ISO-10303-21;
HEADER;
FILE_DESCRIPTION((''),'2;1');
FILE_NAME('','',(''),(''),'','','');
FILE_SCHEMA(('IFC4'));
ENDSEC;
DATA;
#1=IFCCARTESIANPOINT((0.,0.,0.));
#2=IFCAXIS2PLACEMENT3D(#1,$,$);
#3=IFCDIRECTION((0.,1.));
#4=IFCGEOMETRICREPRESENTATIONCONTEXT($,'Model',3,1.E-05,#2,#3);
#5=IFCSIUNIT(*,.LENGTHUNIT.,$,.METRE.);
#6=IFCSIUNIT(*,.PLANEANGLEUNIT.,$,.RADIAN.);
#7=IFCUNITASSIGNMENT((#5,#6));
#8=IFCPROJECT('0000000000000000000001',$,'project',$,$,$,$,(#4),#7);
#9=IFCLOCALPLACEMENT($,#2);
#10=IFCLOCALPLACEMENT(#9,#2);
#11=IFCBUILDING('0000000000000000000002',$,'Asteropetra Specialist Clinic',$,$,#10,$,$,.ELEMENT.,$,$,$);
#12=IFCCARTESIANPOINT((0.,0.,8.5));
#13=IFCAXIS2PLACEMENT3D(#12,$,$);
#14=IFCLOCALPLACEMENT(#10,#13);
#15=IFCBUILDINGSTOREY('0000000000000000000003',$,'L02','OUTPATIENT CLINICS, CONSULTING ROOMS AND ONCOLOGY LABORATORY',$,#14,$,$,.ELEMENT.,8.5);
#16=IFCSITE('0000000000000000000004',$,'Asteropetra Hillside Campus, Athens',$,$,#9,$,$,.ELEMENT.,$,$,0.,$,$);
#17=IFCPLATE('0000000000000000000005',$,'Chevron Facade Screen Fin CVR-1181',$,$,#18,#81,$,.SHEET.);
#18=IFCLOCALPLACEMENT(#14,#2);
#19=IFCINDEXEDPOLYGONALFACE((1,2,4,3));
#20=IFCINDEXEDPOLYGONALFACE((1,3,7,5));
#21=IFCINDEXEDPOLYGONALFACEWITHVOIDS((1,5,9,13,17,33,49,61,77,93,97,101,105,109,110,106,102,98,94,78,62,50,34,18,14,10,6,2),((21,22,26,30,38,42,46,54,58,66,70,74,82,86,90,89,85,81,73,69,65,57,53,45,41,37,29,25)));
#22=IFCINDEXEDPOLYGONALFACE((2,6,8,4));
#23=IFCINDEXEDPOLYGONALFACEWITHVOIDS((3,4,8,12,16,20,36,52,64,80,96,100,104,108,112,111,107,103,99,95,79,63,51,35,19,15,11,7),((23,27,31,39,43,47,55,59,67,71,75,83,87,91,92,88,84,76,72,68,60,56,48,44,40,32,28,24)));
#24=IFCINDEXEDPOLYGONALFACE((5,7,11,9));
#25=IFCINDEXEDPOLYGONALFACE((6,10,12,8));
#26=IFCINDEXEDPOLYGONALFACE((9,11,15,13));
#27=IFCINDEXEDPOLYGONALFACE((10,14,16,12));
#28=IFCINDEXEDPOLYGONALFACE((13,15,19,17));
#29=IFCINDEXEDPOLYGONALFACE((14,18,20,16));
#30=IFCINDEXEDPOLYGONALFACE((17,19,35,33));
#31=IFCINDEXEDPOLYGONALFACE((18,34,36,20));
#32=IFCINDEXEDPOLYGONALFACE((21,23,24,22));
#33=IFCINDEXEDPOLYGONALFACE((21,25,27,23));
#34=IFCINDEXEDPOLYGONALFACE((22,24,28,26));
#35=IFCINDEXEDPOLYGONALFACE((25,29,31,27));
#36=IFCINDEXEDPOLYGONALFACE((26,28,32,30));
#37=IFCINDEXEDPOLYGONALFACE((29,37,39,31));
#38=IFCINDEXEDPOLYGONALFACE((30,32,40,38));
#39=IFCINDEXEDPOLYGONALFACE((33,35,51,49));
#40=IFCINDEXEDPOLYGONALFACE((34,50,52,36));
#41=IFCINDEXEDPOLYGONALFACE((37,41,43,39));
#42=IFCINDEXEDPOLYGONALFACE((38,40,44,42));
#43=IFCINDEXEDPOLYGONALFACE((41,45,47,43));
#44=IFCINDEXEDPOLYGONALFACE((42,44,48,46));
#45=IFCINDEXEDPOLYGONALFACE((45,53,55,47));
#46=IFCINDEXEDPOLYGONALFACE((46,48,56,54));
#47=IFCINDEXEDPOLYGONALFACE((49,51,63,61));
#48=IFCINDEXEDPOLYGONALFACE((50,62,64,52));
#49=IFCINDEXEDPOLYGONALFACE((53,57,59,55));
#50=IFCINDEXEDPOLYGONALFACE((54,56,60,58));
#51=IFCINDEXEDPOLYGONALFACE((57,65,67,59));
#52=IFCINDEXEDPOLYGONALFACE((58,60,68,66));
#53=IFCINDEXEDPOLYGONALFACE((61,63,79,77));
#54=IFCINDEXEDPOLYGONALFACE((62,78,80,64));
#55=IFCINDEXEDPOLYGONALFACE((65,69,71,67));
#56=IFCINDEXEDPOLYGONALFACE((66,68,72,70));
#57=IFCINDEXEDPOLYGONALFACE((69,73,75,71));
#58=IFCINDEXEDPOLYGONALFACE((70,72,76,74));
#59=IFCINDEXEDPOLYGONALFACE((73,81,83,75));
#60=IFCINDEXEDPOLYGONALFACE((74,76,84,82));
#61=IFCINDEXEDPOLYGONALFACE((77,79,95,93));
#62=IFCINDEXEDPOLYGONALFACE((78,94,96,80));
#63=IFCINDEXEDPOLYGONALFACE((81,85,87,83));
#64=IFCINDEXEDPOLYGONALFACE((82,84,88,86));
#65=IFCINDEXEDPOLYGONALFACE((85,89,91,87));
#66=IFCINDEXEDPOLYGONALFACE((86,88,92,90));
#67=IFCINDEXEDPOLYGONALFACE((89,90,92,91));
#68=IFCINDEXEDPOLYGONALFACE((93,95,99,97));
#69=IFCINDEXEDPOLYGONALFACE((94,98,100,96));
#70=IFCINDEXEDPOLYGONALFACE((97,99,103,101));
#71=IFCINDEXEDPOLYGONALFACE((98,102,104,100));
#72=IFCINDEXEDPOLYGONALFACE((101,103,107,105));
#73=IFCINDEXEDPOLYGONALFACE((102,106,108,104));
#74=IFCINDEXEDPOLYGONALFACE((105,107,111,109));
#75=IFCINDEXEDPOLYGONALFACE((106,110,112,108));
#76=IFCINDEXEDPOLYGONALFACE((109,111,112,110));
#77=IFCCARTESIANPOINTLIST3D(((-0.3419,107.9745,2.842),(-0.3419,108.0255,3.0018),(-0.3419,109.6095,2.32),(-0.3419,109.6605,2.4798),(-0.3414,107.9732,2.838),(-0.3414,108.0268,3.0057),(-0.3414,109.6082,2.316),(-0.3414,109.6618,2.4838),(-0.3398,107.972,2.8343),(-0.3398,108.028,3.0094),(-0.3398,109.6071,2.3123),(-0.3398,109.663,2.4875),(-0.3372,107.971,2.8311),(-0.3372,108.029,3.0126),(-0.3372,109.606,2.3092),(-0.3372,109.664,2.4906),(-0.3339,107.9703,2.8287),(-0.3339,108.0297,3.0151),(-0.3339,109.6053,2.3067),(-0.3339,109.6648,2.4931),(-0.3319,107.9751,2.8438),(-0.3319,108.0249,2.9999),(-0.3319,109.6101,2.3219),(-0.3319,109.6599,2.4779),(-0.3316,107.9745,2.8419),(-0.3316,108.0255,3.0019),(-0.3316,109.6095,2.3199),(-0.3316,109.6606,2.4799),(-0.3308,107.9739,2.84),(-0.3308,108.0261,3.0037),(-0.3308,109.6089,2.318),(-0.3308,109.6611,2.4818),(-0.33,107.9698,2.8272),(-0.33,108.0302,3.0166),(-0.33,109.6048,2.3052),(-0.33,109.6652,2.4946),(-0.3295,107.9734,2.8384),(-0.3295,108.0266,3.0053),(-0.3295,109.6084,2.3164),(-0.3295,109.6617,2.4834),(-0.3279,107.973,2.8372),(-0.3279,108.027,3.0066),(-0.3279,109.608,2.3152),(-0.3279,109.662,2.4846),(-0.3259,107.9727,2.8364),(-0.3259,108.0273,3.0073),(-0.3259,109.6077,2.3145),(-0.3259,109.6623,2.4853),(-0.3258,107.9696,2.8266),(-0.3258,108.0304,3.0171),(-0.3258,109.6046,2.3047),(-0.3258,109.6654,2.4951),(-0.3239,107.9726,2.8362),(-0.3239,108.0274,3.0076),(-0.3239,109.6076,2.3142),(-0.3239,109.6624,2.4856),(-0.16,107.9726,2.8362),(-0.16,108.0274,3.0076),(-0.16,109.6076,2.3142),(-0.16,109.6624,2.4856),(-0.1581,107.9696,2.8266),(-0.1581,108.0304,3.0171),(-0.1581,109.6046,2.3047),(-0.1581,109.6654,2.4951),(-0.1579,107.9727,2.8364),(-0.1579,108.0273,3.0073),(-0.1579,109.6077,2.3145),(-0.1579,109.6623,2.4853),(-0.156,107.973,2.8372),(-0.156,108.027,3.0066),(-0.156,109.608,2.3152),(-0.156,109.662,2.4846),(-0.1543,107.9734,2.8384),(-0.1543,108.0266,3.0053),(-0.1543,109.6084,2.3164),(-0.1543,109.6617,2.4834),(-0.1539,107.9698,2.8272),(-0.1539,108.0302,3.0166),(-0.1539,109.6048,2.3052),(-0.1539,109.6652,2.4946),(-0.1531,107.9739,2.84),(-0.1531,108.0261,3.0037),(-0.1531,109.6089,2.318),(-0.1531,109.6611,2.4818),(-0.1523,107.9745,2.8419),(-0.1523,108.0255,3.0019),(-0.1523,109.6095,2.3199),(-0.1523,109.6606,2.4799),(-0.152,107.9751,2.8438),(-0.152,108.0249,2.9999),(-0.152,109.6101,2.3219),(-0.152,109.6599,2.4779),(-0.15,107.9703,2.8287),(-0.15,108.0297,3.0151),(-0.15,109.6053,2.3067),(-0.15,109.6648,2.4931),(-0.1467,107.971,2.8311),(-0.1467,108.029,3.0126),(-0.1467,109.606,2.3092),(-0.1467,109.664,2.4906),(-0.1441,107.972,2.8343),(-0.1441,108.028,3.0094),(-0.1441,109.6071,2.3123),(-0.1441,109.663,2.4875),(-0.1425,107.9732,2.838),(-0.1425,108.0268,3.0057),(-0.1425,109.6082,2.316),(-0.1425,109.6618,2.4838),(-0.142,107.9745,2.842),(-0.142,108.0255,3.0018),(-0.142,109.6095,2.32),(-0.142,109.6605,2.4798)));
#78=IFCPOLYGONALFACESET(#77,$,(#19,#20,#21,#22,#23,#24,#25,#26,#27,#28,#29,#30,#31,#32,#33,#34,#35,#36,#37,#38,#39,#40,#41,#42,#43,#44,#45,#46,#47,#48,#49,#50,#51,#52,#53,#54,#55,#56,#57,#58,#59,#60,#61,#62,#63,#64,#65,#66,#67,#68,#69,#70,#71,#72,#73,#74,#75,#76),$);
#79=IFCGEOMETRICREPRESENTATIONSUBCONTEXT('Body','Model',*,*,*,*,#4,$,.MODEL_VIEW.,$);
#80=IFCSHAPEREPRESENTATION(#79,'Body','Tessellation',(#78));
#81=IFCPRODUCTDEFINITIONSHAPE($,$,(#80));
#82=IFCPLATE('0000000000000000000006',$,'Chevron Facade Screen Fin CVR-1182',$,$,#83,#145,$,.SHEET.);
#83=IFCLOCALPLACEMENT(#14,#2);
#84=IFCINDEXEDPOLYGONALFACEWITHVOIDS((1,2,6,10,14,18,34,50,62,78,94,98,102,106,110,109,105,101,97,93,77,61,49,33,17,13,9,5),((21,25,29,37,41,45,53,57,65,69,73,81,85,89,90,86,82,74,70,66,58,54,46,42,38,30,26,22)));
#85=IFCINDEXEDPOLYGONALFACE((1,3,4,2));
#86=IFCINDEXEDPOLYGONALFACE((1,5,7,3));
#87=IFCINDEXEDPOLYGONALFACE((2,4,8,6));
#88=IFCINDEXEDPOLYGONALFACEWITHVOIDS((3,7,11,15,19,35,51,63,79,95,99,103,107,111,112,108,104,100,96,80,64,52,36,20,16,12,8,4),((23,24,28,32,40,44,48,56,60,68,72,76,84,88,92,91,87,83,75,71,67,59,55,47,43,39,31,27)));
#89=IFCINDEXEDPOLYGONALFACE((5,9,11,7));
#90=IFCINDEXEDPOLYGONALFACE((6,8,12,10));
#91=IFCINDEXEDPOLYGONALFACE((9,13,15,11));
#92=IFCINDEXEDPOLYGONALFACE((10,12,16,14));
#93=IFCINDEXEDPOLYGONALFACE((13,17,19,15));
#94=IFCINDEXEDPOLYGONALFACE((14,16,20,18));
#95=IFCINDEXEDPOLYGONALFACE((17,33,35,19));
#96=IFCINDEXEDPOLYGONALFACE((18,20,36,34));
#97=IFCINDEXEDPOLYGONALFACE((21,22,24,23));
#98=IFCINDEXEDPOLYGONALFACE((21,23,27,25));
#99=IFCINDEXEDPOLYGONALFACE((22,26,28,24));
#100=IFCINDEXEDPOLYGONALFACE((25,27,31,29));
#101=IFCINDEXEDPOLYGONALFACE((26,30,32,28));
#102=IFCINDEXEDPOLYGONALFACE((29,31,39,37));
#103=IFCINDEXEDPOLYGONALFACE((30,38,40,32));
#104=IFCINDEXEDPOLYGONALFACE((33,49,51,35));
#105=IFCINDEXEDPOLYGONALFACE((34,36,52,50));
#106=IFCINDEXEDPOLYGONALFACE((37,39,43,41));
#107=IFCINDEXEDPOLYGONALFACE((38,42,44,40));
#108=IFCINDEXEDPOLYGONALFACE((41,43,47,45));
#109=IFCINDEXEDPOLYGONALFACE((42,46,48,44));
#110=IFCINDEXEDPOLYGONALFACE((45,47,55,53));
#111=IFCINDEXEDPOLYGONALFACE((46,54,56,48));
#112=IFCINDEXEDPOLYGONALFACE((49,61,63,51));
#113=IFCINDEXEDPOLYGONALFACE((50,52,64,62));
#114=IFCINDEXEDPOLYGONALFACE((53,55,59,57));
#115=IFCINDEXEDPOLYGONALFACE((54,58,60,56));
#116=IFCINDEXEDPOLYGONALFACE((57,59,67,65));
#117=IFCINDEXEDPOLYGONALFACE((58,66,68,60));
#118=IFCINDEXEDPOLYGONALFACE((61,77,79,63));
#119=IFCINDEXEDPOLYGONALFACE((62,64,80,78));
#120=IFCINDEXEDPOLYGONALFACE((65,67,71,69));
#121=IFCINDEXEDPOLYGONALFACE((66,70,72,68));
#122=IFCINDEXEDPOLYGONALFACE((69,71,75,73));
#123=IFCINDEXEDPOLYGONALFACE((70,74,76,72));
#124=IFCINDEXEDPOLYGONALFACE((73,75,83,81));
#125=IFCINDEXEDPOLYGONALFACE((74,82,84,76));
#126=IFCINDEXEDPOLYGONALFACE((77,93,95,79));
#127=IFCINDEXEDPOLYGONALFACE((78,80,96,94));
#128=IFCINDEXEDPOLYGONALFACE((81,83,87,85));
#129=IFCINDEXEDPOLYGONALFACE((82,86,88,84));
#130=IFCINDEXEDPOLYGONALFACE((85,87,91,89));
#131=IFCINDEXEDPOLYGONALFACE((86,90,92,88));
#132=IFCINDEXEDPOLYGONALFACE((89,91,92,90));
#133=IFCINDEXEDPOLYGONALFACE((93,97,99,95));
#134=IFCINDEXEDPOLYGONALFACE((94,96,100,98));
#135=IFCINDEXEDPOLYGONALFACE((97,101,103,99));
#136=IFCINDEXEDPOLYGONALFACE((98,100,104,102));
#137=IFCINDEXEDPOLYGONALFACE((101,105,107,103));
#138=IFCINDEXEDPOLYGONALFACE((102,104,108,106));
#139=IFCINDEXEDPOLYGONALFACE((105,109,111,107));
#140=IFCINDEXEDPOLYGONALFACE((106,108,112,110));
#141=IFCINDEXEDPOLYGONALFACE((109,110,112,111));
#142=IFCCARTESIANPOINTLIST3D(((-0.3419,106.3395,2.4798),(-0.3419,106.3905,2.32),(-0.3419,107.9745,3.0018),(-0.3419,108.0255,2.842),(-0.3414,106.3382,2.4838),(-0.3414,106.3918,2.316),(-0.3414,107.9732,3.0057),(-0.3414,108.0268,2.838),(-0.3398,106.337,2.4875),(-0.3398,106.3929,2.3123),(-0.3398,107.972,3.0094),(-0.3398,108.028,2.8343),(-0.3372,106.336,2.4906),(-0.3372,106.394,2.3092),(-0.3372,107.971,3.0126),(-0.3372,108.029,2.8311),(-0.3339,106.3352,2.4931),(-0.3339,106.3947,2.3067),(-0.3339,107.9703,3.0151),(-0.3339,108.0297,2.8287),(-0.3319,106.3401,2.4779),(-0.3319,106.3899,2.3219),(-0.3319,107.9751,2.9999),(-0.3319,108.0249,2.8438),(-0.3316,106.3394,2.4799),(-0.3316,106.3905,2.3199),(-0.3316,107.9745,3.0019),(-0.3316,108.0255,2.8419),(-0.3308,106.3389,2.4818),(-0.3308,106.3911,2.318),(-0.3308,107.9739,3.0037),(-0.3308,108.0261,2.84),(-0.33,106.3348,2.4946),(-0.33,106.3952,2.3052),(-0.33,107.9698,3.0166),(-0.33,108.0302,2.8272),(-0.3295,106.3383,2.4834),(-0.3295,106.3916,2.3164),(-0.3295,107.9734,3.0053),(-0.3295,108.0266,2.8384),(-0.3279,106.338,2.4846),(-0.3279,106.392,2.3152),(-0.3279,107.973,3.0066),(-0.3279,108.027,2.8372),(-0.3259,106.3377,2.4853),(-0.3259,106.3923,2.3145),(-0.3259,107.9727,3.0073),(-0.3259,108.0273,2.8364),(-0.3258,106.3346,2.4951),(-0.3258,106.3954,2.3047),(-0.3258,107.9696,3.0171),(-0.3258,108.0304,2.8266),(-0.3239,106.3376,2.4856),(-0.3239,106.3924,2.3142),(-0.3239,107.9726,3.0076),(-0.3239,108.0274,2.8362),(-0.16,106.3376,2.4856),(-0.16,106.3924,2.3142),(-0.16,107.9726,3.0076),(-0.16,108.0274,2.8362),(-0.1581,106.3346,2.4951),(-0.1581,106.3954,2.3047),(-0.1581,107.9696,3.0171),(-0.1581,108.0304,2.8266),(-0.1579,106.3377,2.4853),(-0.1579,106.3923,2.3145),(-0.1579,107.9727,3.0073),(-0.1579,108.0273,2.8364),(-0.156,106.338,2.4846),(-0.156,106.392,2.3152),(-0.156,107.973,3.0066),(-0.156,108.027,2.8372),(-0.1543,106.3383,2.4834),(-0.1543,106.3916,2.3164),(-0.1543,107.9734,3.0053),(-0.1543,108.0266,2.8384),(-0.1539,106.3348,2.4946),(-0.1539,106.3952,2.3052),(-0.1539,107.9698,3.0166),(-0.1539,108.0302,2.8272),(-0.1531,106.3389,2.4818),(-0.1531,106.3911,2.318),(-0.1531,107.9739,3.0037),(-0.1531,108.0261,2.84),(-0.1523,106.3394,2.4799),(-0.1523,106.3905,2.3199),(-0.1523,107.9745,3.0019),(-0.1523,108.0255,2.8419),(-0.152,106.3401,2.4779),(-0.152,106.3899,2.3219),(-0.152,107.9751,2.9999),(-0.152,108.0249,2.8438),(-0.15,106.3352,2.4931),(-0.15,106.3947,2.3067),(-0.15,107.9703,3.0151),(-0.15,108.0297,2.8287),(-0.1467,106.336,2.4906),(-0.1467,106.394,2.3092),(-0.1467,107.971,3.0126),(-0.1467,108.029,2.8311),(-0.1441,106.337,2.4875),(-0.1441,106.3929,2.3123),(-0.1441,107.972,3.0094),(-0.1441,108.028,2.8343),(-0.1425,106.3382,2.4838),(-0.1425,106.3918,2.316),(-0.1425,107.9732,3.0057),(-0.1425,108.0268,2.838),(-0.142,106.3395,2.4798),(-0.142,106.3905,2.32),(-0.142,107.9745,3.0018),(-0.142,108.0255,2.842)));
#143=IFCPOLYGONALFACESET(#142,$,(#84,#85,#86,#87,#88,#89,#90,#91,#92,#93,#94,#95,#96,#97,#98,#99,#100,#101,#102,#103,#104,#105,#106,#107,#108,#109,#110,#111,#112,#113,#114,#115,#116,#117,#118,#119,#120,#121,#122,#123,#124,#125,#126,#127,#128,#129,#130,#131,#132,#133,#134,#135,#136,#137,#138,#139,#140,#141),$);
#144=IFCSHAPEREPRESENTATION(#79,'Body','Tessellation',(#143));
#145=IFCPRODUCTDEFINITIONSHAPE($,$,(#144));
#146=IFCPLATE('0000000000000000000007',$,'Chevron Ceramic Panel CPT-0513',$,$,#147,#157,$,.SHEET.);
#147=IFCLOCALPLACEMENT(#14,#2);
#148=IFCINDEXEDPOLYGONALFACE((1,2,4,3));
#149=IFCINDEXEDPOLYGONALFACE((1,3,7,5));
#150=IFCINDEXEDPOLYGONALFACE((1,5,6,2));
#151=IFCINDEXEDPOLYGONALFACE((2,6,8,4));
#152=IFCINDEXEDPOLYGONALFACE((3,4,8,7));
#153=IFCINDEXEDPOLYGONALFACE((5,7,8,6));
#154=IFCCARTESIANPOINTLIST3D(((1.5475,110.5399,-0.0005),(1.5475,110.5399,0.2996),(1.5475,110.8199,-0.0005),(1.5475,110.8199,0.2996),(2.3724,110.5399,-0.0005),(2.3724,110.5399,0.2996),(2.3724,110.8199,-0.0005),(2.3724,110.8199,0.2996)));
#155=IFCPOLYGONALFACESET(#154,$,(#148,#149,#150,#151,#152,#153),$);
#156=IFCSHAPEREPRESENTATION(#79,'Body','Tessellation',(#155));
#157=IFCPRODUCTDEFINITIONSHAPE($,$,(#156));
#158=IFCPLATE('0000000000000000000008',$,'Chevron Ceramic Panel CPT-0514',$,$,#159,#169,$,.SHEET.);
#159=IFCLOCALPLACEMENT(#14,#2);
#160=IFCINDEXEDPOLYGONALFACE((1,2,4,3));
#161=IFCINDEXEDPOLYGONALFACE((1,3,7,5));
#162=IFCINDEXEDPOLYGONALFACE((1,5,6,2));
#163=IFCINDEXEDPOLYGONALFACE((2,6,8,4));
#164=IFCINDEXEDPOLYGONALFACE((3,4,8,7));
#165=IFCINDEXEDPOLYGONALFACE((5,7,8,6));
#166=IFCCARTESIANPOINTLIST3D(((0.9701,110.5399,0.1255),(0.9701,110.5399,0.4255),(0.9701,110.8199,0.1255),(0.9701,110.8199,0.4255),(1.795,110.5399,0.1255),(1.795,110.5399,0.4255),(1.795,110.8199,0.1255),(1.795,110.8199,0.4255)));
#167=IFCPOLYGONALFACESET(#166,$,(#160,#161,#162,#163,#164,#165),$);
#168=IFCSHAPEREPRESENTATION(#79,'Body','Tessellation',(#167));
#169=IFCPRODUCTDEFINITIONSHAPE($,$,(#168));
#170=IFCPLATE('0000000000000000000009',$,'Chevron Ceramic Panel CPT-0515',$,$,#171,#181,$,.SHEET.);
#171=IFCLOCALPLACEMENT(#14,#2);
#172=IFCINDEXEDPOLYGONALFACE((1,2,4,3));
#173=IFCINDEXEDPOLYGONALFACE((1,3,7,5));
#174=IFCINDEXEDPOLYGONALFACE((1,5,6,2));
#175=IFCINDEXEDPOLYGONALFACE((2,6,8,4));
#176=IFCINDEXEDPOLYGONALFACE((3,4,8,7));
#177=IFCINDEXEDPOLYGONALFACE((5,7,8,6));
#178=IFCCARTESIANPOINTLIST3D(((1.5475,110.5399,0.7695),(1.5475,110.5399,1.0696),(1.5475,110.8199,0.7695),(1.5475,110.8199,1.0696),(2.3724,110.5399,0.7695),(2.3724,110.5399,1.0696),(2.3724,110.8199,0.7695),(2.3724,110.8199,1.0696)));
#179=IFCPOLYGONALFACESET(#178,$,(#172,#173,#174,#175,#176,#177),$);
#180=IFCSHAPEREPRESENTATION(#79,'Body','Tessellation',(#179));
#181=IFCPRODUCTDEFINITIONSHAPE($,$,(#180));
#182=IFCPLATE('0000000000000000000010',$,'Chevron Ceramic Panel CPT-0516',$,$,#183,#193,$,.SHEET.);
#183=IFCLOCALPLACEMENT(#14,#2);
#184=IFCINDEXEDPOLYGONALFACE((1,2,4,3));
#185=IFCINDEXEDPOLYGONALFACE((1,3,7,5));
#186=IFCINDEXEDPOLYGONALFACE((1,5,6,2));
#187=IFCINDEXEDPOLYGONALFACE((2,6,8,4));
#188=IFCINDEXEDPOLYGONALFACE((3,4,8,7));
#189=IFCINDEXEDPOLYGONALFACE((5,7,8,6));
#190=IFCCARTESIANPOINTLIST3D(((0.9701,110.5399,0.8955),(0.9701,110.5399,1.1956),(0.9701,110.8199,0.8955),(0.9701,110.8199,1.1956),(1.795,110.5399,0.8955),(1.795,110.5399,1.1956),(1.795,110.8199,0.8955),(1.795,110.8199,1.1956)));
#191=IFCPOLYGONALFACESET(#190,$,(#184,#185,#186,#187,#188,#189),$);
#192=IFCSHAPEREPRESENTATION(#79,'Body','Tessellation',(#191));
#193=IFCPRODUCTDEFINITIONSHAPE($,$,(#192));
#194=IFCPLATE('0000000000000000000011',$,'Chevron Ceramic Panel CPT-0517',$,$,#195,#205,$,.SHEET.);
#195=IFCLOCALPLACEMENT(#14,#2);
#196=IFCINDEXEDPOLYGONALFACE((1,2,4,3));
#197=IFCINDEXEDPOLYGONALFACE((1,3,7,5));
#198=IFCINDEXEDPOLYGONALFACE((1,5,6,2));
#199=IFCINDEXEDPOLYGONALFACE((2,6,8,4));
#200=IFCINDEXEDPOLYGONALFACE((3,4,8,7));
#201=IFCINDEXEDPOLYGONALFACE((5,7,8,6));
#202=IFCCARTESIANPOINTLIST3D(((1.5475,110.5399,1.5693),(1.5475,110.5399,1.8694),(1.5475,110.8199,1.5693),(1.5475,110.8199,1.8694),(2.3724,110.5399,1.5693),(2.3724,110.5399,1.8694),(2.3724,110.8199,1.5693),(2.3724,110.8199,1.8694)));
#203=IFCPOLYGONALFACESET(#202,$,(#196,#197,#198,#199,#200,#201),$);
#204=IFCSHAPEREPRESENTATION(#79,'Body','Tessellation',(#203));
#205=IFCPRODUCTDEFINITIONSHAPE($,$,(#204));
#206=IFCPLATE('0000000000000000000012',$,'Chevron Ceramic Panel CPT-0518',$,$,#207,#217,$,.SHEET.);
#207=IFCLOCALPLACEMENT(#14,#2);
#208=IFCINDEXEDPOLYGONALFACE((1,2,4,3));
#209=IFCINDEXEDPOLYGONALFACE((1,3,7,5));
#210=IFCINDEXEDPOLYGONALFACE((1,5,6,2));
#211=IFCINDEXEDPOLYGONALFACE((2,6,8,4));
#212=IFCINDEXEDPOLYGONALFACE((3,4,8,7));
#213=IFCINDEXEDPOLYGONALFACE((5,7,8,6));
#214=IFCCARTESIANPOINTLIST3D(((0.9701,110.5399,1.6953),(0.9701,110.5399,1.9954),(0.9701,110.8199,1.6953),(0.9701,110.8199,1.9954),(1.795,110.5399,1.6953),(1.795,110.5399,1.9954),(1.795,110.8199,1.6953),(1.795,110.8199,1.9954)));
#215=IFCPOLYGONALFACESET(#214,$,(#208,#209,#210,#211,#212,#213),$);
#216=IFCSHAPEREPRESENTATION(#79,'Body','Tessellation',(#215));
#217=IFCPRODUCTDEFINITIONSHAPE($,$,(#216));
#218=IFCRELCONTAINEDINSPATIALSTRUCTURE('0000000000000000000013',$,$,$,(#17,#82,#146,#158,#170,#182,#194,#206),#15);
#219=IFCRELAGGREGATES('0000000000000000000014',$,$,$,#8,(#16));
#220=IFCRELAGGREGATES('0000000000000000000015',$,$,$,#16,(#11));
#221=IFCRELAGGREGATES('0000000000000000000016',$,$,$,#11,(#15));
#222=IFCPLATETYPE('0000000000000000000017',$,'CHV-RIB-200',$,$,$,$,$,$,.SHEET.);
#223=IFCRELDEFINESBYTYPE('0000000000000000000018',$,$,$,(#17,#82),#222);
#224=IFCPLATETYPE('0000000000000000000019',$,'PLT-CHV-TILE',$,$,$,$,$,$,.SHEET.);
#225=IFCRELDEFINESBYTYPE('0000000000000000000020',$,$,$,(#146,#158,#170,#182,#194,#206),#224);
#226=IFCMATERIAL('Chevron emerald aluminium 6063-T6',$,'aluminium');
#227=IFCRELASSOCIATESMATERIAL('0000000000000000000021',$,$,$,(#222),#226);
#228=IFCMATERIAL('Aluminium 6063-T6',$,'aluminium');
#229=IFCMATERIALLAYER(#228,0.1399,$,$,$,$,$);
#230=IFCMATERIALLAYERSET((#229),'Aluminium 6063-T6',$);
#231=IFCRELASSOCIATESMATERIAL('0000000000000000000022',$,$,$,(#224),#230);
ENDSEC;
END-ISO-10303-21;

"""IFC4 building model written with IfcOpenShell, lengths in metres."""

from ifc_helpers import new_model, si_unit, direction, frame, origin, origin_2d, place, context, subcontext, project, spatial, rectangle, hollow_rectangle, extrude, material, layer, layer_set, material_profile, profile_set, type_object, element, save


model = new_model("IFC4")

# Units and contexts
model_context = context("Model", 3, precision=1e-05, world=origin(), true_north=direction((0.0, 1.0)))
body_context = subcontext(model_context, "Body", "Model", "MODEL_VIEW")
ifc_project = project(units=[si_unit("LENGTHUNIT", "METRE"), si_unit("PLANEANGLEUNIT", "RADIAN")], contexts=[model_context])

# Site, building, storey
site_placement = place(None, origin())
site = spatial("IfcSite", under=ifc_project, at=site_placement, Name="Asteropetra Hillside Campus, Athens", CompositionType="ELEMENT", RefElevation=0.0)
building_placement = place(site_placement, origin())
building = spatial("IfcBuilding", under=site, at=building_placement, Name="Asteropetra Specialist Clinic", CompositionType="ELEMENT")
storey_placement = place(building_placement, frame((0.0, 0.0, 8.5)))
storey = spatial("IfcBuildingStorey", under=building, at=storey_placement, Name="L02", Description="OUTPATIENT CLINICS, CONSULTING ROOMS AND ONCOLOGY LABORATORY", CompositionType="ELEMENT", Elevation=8.5)

# Plates
ifc_material_1 = material(Name="Chevron emerald aluminium 6063-T6", Category="aluminium")
ifc_material_profile_1 = material_profile(ifc_material_1, hollow_rectangle(XDim=0.2, YDim=0.2, WallThickness=0.01, InnerFilletRadius=0.0081, OuterFilletRadius=0.0161, at=origin_2d()), Name="SHS 200x200x10.0")
ifc_profile_set_1 = profile_set([ifc_material_profile_1], Name="Chevron emerald aluminium 6063-T6")
plate_type_1 = type_object("IfcPlateType", Name="CHV-RIB-200", PredefinedType="SHEET", material=ifc_profile_set_1)
for number, where, z_axis, x_axis, name in (
    (1, (-0.2419, 109.635, 2.3999), (0.0, -0.952632, 0.304125), (1.0, 0.0, 0.0), "Chevron Facade Screen Fin CVR-1181"),
    (2, (-0.2419, 108.0, 2.9219), (0.0, -0.952632, -0.304125), (1.0, 0.0, 0.0), "Chevron Facade Screen Fin CVR-1182"),
):
    element("IfcPlate", number, at=place(storey_placement, frame(where, z_axis=z_axis, x_axis=x_axis)), inside=storey, type_object=plate_type_1, Name=name, PredefinedType="SHEET", context=body_context, shape_type="SweptSolid", body=[
        extrude(hollow_rectangle(XDim=0.2, YDim=0.2, WallThickness=0.01, InnerFilletRadius=0.0081, OuterFilletRadius=0.0161, at=origin_2d()), origin(), (0.0, 0.0, 1.0), 1.7163),
    ])
ifc_material_2 = material(Name="Aluminium 6063-T6", Category="aluminium")
ifc_layer_1 = layer(ifc_material_2, 0.1399)
ifc_layer_set_1 = layer_set([ifc_layer_1], Name="Aluminium 6063-T6")
plate_type_2 = type_object("IfcPlateType", Name="PLT-CHV-TILE", PredefinedType="SHEET", material=ifc_layer_set_1)
for number, where, z_axis, x_axis, name in (
    (3, (1.96, 110.6799, -0.0005), (0.0, 0.0, 1.0), (1.0, 0.0, 0.0), "Chevron Ceramic Panel CPT-0513"),
    (4, (1.3826, 110.6799, 0.1255), (0.0, 0.0, 1.0), (1.0, 0.0, 0.0), "Chevron Ceramic Panel CPT-0514"),
    (5, (1.96, 110.6799, 0.7695), (0.0, 0.0, 1.0), (1.0, 0.0, 0.0), "Chevron Ceramic Panel CPT-0515"),
    (6, (1.3826, 110.6799, 0.8955), (0.0, 0.0, 1.0), (1.0, 0.0, 0.0), "Chevron Ceramic Panel CPT-0516"),
    (7, (1.96, 110.6799, 1.5693), (0.0, 0.0, 1.0), (1.0, 0.0, 0.0), "Chevron Ceramic Panel CPT-0517"),
    (8, (1.3826, 110.6799, 1.6953), (0.0, 0.0, 1.0), (1.0, 0.0, 0.0), "Chevron Ceramic Panel CPT-0518"),
):
    element("IfcPlate", number, at=place(storey_placement, frame(where, z_axis=z_axis, x_axis=x_axis)), inside=storey, type_object=plate_type_2, Name=name, PredefinedType="SHEET", context=body_context, shape_type="SweptSolid", body=[
        extrude(rectangle(XDim=0.825, YDim=0.28, at=origin_2d()), origin(), (0.0, 0.0, 1.0), 0.3),
    ])

save(model, "model.ifc")
